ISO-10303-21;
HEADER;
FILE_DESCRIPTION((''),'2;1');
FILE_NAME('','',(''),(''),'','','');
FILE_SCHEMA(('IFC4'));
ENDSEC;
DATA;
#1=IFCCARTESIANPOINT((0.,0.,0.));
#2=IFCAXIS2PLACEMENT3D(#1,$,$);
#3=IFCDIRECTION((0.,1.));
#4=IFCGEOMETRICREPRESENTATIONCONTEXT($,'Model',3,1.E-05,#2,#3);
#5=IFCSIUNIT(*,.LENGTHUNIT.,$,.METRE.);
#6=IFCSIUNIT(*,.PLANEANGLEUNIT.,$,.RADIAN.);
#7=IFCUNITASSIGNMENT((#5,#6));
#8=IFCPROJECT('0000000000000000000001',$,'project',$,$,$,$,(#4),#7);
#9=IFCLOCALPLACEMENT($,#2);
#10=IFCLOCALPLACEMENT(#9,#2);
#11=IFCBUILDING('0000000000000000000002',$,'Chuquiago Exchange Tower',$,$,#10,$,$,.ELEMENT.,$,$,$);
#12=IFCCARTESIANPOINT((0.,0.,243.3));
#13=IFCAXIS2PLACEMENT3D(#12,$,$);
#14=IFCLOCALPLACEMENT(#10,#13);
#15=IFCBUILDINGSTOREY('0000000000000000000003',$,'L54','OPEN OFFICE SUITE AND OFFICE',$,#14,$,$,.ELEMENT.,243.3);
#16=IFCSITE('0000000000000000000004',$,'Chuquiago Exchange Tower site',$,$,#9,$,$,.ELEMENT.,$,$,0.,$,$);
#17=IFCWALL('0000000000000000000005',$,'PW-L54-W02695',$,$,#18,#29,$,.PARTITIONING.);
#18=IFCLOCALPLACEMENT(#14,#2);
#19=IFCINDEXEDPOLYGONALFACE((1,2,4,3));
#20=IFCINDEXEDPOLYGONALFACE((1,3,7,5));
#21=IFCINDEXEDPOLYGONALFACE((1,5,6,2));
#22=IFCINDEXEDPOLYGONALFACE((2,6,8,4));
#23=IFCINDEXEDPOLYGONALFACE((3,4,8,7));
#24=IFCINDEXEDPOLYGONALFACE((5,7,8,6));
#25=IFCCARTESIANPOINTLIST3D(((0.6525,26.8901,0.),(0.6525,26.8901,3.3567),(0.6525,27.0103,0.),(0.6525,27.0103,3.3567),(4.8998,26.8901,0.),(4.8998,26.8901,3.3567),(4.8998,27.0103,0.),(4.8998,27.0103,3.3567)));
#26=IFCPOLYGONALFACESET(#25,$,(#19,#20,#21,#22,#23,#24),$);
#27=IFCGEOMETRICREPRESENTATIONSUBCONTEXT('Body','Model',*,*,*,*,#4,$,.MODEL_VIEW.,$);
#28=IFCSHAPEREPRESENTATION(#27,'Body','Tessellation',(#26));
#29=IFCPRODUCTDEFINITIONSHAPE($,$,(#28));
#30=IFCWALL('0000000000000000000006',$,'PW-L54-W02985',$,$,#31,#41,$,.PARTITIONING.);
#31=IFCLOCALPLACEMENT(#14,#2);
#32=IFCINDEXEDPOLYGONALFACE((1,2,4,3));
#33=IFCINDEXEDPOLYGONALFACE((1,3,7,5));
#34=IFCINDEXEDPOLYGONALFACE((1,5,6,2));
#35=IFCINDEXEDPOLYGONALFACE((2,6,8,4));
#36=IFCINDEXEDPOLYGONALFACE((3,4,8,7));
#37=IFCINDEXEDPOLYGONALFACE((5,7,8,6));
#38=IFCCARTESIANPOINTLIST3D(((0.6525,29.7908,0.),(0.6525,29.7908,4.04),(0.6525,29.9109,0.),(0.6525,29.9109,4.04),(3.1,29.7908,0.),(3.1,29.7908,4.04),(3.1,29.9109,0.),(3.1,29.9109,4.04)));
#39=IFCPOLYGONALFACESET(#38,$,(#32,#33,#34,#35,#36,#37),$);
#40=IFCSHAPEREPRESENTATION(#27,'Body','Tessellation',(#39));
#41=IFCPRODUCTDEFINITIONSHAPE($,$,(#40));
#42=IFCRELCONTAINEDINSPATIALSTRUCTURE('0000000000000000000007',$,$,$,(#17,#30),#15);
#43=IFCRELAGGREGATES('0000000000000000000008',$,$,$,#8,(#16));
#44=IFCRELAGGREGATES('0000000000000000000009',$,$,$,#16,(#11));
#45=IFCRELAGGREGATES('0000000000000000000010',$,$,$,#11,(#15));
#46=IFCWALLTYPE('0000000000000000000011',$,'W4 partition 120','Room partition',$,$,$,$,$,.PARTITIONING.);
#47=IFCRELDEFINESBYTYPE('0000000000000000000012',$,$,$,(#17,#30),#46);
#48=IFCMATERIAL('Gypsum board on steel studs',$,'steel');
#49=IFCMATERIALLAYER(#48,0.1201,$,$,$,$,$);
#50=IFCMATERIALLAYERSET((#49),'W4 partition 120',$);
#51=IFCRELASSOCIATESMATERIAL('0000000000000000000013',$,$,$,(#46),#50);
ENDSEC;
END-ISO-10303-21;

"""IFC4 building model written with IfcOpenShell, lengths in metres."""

from ifc_helpers import new_model, si_unit, direction, frame, frame_2d, origin, place, context, subcontext, project, spatial, rectangle, extrude, material, layer, layer_set, type_object, element, save


model = new_model("IFC4")

# Units and contexts
model_context = context("Model", 3, precision=1e-05, world=origin(), true_north=direction((0.0, 1.0)))
body_context = subcontext(model_context, "Body", "Model", "MODEL_VIEW")
ifc_project = project(units=[si_unit("LENGTHUNIT", "METRE"), si_unit("PLANEANGLEUNIT", "RADIAN")], contexts=[model_context])

# Site, building, storey
site_placement = place(None, origin())
site = spatial("IfcSite", under=ifc_project, at=site_placement, Name="Chuquiago Exchange Tower site", CompositionType="ELEMENT", RefElevation=0.0)
building_placement = place(site_placement, origin())
building = spatial("IfcBuilding", under=site, at=building_placement, Name="Chuquiago Exchange Tower", CompositionType="ELEMENT")
storey_placement = place(building_placement, frame((0.0, 0.0, 243.3)))
storey = spatial("IfcBuildingStorey", under=building, at=storey_placement, Name="L54", Description="OPEN OFFICE SUITE AND OFFICE", CompositionType="ELEMENT", Elevation=243.3)

# Walls
ifc_material_1 = material(Name="Gypsum board on steel studs", Category="steel")
ifc_layer_1 = layer(ifc_material_1, 0.1201)
ifc_layer_set_1 = layer_set([ifc_layer_1], Name="W4 partition 120")
wall_type = type_object("IfcWallType", Name="W4 partition 120", Description="Room partition", PredefinedType="PARTITIONING", material=ifc_layer_set_1)
for number, where, z_axis, x_axis, name in (
    (1, (0.6526, 26.9502, 0.0), (0.0, 0.0, 1.0), (1.0, 0.0, 0.0), "PW-L54-W02695"),
):
    element("IfcWall", number, at=place(storey_placement, frame(where, z_axis=z_axis, x_axis=x_axis)), inside=storey, type_object=wall_type, Name=name, PredefinedType="PARTITIONING", context=body_context, shape_type="SweptSolid", body=[
        extrude(rectangle(XDim=4.2473, YDim=0.1201, at=frame_2d((2.1235, 0.0))), origin(), (0.0, 0.0, 1.0), 3.3567),
    ])
wall_1_placement = place(storey_placement, frame((0.6526, 29.8508, 0.0), z_axis=(0.0, 0.0, 1.0), x_axis=(1.0, 0.0, 0.0)))
element("IfcWall", 2, at=wall_1_placement, inside=storey, type_object=wall_type, Name="PW-L54-W02985", PredefinedType="PARTITIONING", context=body_context, shape_type="SweptSolid", body=[
    extrude(rectangle(XDim=2.4475, YDim=0.1201, at=frame_2d((1.2236, 0.0))), origin(), (0.0, 0.0, 1.0), 4.04),
])

save(model, "model.ifc")
